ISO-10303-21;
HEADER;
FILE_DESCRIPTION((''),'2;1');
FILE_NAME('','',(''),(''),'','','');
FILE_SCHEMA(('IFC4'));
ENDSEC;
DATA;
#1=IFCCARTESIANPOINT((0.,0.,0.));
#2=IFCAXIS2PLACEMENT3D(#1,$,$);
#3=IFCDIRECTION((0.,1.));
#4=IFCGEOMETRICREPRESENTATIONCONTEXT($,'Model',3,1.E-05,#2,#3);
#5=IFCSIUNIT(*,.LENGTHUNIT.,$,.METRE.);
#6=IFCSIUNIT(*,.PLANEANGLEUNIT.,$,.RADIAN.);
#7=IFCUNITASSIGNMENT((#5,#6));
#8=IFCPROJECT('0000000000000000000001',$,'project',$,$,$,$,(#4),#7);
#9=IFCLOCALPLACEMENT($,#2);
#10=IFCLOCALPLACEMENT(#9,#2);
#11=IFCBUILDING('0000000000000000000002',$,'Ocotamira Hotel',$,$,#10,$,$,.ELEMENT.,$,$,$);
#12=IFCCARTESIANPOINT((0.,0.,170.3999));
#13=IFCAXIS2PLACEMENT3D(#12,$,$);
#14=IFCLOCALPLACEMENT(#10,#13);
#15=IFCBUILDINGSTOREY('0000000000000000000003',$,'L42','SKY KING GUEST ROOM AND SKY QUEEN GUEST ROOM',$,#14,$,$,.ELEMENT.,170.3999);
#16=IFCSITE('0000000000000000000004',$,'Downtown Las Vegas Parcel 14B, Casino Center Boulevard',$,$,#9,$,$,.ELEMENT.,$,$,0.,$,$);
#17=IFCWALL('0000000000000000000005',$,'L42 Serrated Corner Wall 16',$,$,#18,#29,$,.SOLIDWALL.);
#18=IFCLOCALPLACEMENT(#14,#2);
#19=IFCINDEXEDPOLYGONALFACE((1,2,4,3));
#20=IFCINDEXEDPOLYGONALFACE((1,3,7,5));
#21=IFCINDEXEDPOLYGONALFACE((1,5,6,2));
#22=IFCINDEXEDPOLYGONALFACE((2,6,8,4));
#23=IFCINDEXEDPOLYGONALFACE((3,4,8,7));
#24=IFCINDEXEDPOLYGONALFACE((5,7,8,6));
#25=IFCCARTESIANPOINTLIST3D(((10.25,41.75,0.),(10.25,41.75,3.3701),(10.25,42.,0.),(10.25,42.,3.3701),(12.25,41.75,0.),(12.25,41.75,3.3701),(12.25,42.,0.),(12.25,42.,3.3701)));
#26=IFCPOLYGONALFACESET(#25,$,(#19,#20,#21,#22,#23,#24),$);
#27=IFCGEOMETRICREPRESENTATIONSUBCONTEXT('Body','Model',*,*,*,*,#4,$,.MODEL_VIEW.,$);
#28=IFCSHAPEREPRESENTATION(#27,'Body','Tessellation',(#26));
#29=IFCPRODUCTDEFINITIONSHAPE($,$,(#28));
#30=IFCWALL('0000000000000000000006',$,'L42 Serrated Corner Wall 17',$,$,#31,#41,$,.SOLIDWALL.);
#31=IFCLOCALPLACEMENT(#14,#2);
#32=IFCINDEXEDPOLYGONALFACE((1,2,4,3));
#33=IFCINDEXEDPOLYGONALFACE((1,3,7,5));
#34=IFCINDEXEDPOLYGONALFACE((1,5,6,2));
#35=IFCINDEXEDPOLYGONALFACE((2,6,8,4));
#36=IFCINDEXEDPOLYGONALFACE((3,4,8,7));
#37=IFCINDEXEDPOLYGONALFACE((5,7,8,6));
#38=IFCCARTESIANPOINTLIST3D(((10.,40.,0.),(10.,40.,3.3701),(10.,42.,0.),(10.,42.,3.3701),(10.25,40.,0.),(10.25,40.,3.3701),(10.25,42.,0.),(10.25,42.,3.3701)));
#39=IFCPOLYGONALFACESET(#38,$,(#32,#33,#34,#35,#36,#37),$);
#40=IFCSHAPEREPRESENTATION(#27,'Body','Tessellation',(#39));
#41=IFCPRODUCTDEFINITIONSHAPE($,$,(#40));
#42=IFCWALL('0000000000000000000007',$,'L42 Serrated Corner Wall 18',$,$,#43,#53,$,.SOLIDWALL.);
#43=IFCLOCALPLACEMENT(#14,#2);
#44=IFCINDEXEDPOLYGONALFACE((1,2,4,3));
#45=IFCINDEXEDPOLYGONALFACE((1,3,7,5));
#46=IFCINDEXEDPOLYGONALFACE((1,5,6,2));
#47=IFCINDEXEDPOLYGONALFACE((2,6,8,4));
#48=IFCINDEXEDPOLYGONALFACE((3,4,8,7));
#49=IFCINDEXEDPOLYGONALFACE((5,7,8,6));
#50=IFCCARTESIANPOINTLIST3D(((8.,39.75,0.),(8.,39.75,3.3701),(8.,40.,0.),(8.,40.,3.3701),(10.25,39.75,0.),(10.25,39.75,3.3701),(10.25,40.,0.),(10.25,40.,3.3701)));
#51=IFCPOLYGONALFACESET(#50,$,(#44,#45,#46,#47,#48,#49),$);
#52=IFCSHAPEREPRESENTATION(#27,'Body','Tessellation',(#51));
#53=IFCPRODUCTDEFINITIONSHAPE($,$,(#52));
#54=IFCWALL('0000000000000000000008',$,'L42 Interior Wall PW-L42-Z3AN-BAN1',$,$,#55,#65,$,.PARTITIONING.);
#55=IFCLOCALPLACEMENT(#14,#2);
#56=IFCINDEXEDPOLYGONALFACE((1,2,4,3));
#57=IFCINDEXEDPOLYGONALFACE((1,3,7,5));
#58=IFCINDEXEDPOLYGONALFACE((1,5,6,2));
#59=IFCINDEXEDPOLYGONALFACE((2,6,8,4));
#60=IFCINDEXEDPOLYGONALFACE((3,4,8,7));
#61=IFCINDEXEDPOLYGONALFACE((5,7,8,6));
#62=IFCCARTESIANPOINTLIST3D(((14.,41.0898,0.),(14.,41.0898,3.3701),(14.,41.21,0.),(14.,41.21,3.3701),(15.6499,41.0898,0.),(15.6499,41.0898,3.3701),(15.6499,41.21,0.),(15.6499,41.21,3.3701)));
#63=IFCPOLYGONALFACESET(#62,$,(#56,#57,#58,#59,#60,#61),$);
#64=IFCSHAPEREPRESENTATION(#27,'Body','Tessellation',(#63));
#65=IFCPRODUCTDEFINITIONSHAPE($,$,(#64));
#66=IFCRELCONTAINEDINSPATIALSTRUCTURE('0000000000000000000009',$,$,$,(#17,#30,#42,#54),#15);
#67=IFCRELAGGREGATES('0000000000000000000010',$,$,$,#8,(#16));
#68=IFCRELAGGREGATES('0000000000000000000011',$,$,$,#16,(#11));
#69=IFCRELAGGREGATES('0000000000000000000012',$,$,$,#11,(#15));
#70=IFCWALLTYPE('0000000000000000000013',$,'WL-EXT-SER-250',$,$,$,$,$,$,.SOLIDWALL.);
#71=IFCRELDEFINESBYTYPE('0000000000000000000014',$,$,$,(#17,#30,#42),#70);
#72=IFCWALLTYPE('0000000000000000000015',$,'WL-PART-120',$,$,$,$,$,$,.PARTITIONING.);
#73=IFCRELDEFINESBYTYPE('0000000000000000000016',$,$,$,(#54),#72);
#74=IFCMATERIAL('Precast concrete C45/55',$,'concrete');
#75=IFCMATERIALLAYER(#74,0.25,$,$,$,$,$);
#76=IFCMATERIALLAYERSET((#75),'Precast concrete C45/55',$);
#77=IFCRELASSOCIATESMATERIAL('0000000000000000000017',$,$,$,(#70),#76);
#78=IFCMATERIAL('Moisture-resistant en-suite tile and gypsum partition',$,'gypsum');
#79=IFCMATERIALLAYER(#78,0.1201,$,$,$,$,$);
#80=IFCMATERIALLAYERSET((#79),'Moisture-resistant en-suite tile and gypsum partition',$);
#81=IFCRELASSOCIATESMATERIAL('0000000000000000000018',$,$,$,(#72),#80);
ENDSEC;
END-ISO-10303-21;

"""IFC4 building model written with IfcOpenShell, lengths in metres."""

from ifc_helpers import new_model, si_unit, direction, frame, frame_2d, origin, place, context, subcontext, project, spatial, rectangle, extrude, material, layer, layer_set, type_object, element, save


model = new_model("IFC4")

# Units and contexts
model_context = context("Model", 3, precision=1e-05, world=origin(), true_north=direction((0.0, 1.0)))
body_context = subcontext(model_context, "Body", "Model", "MODEL_VIEW")
ifc_project = project(units=[si_unit("LENGTHUNIT", "METRE"), si_unit("PLANEANGLEUNIT", "RADIAN")], contexts=[model_context])

# Site, building, storey
site_placement = place(None, origin())
site = spatial("IfcSite", under=ifc_project, at=site_placement, Name="Downtown Las Vegas Parcel 14B, Casino Center Boulevard", CompositionType="ELEMENT", RefElevation=0.0)
building_placement = place(site_placement, origin())
building = spatial("IfcBuilding", under=site, at=building_placement, Name="Ocotamira Hotel", CompositionType="ELEMENT")
storey_placement = place(building_placement, frame((0.0, 0.0, 170.3999)))
storey = spatial("IfcBuildingStorey", under=building, at=storey_placement, Name="L42", Description="SKY KING GUEST ROOM AND SKY QUEEN GUEST ROOM", CompositionType="ELEMENT", Elevation=170.3999)

# Shared definitions
ifc_material_1 = material(Name="Precast concrete C45/55", Category="concrete")
ifc_layer_1 = layer(ifc_material_1, 0.25)
ifc_layer_set_1 = layer_set([ifc_layer_1], Name="Precast concrete C45/55")
wall_type_1 = type_object("IfcWallType", Name="WL-EXT-SER-250", PredefinedType="SOLIDWALL", material=ifc_layer_set_1)

# Walls
for number, where, z_axis, x_axis, name in (
    (1, (12.25, 41.875, 0.0), (0.0, 0.0, 1.0), (-1.0, 0.0, 0.0), "L42 Serrated Corner Wall 16"),
    (2, (10.125, 42.0, 0.0), (0.0, 0.0, 1.0), (0.0, -1.0, 0.0), "L42 Serrated Corner Wall 17"),
):
    element("IfcWall", number, at=place(storey_placement, frame(where, z_axis=z_axis, x_axis=x_axis)), inside=storey, type_object=wall_type_1, Name=name, PredefinedType="SOLIDWALL", context=body_context, shape_type="SweptSolid", body=[
        extrude(rectangle(XDim=2.0, YDim=0.25, at=frame_2d((1.0, 0.0))), origin(), (0.0, 0.0, 1.0), 3.3701),
    ])
wall_1_placement = place(storey_placement, frame((10.25, 39.875, 0.0), z_axis=(0.0, 0.0, 1.0), x_axis=(-1.0, 0.0, 0.0)))
element("IfcWall", 3, at=wall_1_placement, inside=storey, type_object=wall_type_1, Name="L42 Serrated Corner Wall 18", PredefinedType="SOLIDWALL", context=body_context, shape_type="SweptSolid", body=[
    extrude(rectangle(XDim=2.25, YDim=0.25, at=frame_2d((1.125, 0.0))), origin(), (0.0, 0.0, 1.0), 3.3701),
])
ifc_material_2 = material(Name="Moisture-resistant en-suite tile and gypsum partition", Category="gypsum")
ifc_layer_2 = layer(ifc_material_2, 0.1201)
ifc_layer_set_2 = layer_set([ifc_layer_2], Name="Moisture-resistant en-suite tile and gypsum partition")
wall_type_2 = type_object("IfcWallType", Name="WL-PART-120", PredefinedType="PARTITIONING", material=ifc_layer_set_2)
wall_2_placement = place(storey_placement, frame((14.0, 41.1499, 0.0), z_axis=(0.0, 0.0, 1.0), x_axis=(1.0, 0.0, 0.0)))
element("IfcWall", 4, at=wall_2_placement, inside=storey, type_object=wall_type_2, Name="L42 Interior Wall PW-L42-Z3AN-BAN1", PredefinedType="PARTITIONING", context=body_context, shape_type="SweptSolid", body=[
    extrude(rectangle(XDim=1.6499, YDim=0.1201, at=frame_2d((0.825, 0.0))), origin(), (0.0, 0.0, 1.0), 3.3701),
])

save(model, "model.ifc")
